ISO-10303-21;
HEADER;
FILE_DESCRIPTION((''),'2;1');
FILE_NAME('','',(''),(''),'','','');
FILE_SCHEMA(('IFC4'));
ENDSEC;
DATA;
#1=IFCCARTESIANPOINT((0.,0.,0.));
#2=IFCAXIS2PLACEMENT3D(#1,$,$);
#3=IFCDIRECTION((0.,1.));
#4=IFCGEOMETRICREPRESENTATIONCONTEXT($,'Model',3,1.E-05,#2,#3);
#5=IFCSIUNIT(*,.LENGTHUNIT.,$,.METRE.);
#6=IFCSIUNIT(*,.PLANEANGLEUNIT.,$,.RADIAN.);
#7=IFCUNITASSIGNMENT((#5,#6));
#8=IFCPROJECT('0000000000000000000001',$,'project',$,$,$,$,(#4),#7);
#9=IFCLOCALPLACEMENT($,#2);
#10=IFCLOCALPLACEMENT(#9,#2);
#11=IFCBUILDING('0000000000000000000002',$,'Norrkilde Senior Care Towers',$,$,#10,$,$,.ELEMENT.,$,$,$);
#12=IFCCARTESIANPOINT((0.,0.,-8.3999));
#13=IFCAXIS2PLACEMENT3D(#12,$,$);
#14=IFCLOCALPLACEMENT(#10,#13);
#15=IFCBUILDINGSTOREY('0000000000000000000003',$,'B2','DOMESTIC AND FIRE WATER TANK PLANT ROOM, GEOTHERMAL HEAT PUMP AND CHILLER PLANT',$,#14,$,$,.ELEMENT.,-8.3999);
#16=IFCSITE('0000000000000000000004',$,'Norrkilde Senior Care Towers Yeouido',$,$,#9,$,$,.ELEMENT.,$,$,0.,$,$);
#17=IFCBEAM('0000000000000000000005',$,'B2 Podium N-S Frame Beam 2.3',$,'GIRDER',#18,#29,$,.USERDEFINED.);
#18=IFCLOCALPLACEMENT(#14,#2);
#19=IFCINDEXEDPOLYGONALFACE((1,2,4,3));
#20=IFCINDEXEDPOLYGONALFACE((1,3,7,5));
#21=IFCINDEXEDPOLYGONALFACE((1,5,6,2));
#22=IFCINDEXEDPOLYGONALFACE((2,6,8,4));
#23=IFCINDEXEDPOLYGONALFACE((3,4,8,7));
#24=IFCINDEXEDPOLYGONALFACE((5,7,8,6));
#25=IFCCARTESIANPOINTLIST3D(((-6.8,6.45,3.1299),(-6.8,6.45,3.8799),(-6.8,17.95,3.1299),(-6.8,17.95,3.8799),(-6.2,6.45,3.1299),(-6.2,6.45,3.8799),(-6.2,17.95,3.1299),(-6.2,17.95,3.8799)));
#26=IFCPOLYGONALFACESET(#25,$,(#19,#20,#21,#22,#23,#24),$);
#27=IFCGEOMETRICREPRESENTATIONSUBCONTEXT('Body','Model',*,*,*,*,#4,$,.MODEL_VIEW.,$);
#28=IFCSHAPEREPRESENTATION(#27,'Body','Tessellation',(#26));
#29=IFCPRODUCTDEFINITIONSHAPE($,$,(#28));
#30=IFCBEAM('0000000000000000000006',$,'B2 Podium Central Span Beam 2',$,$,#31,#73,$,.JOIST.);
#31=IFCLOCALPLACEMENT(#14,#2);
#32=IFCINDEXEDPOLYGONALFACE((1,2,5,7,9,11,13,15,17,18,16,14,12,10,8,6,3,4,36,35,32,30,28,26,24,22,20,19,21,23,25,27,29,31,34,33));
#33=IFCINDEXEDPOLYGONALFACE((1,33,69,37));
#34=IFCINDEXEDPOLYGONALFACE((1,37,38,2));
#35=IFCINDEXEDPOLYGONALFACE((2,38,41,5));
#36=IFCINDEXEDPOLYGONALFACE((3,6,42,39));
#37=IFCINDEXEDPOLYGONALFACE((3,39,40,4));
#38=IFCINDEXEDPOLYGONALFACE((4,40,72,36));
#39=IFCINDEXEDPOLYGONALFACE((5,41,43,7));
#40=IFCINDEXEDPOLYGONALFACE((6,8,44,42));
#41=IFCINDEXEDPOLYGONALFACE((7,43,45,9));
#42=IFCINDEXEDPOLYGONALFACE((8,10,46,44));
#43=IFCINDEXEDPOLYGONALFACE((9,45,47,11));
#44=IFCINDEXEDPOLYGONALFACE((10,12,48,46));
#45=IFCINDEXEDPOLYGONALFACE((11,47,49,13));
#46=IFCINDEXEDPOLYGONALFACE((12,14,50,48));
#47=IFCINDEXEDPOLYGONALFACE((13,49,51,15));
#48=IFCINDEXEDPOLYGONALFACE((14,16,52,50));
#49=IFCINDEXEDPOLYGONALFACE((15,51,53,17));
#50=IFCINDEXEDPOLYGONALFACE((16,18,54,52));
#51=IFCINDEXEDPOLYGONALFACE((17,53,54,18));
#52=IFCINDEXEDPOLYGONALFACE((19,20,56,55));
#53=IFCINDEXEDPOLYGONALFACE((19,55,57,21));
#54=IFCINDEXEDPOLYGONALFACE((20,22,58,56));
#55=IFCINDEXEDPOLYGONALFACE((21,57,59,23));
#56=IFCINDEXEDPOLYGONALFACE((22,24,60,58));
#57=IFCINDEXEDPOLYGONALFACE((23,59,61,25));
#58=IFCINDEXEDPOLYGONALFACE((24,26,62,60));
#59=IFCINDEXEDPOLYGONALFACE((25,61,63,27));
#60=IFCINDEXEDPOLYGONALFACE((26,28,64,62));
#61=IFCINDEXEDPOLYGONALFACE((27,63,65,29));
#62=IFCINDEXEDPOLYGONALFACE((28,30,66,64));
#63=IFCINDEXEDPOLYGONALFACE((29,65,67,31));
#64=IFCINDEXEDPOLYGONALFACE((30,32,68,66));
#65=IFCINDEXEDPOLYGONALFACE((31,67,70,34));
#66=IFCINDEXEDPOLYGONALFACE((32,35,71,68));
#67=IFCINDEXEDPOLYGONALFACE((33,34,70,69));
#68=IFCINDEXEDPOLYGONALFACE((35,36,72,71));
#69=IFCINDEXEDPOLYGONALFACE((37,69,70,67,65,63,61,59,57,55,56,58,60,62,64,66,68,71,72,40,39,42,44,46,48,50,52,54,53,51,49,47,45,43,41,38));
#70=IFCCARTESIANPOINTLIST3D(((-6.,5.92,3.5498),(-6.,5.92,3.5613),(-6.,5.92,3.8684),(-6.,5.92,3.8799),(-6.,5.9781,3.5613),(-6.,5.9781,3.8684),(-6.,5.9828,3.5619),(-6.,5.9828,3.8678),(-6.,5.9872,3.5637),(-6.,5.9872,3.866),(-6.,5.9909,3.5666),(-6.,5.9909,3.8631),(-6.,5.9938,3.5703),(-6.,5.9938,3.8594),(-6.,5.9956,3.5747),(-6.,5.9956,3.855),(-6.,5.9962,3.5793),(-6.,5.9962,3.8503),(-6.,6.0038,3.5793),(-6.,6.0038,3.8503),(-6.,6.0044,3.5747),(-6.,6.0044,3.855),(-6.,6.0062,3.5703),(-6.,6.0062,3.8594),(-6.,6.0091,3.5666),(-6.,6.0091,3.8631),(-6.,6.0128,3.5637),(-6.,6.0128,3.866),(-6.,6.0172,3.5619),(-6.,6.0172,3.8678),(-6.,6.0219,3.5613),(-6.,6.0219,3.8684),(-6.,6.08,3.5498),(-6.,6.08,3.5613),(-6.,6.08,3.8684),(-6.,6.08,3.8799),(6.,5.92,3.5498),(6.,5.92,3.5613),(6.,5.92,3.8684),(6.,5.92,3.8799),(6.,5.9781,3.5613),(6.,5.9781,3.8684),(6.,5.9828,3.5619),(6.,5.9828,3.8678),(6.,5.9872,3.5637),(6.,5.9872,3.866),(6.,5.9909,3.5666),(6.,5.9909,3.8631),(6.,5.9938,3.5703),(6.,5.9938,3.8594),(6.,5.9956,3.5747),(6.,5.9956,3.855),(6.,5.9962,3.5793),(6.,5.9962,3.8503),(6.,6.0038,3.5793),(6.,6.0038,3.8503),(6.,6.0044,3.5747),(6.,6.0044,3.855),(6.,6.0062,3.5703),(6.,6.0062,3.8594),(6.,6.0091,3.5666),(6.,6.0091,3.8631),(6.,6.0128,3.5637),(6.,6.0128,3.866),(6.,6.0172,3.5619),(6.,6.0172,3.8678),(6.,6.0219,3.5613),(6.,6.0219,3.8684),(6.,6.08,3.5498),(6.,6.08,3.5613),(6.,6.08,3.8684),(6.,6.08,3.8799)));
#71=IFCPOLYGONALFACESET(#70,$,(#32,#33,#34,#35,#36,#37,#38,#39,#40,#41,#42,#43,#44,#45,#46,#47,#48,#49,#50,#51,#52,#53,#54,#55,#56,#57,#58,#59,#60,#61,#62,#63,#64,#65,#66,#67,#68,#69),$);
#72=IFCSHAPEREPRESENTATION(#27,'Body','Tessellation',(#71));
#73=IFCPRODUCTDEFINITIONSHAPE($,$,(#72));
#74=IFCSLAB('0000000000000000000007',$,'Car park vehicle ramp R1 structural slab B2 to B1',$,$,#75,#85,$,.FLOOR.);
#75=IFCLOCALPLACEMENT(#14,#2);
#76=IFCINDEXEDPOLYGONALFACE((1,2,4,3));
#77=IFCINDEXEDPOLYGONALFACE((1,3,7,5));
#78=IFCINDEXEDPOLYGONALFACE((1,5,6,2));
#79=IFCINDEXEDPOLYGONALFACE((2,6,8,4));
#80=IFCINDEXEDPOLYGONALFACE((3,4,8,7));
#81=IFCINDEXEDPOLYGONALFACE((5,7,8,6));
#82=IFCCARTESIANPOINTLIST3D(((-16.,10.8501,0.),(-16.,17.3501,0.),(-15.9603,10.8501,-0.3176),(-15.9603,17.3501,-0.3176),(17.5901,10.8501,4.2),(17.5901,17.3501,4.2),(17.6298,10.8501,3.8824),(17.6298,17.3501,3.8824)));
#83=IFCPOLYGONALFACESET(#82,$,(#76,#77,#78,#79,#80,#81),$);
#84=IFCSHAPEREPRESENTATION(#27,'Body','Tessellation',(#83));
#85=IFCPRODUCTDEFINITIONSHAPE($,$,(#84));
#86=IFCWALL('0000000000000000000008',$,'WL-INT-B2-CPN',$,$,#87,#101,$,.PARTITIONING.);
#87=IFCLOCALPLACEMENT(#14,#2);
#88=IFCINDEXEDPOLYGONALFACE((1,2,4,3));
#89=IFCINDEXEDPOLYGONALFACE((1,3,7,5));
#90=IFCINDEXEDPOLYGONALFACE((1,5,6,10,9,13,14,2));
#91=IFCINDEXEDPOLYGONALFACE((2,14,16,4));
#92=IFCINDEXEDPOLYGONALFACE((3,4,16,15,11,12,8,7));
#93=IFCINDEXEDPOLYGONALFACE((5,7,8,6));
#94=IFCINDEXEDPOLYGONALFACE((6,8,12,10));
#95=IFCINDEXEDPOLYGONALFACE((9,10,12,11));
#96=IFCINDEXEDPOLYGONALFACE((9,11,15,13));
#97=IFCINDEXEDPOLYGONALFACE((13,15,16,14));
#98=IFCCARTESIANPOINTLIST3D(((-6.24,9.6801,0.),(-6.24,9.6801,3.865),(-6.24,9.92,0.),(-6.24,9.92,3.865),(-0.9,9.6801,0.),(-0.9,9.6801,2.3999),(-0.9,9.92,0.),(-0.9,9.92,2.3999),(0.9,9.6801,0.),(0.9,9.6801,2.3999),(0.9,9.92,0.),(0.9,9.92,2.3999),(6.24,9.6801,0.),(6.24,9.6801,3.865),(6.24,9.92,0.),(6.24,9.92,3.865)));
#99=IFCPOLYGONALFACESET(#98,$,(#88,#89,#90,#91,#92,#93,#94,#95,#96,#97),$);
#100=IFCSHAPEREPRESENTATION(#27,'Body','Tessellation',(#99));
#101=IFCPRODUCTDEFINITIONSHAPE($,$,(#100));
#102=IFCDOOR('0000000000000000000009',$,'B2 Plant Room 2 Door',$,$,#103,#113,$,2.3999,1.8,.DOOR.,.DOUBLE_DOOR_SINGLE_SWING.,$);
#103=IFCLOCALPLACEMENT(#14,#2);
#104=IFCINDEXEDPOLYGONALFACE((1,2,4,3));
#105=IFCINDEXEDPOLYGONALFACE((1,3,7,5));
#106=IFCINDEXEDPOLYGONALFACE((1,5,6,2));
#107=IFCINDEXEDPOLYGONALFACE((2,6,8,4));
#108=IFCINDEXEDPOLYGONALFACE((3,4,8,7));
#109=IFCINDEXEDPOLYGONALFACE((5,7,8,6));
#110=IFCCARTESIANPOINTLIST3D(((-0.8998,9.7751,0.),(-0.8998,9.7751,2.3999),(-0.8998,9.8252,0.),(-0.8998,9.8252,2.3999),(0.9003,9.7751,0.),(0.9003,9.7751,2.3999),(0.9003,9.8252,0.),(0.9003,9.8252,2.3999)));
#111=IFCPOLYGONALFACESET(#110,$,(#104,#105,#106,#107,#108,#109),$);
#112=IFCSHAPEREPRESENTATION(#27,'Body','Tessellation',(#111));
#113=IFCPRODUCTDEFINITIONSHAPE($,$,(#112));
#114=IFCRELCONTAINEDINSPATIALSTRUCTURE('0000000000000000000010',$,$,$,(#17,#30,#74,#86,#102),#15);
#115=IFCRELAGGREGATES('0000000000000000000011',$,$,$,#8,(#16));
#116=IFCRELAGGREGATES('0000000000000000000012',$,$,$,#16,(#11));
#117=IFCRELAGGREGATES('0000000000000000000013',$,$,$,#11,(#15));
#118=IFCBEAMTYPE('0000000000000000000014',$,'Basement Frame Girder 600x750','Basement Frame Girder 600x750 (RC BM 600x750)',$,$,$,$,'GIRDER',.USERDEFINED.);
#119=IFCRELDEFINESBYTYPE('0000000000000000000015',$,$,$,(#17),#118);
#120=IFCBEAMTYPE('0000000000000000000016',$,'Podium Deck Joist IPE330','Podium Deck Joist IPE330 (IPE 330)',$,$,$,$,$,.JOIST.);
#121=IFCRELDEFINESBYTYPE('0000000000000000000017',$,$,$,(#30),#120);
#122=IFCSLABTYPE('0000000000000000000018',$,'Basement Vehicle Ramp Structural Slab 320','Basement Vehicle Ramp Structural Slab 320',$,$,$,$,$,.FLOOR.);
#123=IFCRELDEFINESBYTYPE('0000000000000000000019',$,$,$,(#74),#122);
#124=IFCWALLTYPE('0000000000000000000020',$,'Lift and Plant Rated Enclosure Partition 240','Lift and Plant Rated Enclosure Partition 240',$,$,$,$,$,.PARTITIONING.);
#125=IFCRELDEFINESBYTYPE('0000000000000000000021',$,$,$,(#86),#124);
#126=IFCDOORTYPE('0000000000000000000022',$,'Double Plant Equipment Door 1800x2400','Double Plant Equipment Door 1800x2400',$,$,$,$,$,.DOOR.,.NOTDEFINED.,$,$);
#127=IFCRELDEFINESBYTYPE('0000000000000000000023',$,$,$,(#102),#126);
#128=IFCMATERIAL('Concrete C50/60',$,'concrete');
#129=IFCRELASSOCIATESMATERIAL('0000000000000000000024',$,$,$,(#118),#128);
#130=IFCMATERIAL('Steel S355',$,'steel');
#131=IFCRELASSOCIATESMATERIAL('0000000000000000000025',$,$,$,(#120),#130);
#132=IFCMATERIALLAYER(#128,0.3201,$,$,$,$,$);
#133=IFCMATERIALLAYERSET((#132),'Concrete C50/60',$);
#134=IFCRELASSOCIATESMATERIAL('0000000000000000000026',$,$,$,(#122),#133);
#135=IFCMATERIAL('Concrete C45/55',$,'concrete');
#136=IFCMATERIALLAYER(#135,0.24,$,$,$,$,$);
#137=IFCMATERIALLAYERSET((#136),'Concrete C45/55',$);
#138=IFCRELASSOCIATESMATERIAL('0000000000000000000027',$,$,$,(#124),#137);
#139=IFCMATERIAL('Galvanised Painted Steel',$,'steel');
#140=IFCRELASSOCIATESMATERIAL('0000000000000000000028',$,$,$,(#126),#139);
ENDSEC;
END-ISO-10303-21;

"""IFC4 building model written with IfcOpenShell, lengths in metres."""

from ifc_helpers import new_model, si_unit, direction, frame, frame_2d, origin, origin_2d, place, context, subcontext, project, spatial, polyline, rectangle, i_section, outline, extrude, source, transform, mapped, material, layer, layer_set, material_profile, profile_set, type_object, type_shapes, element, fill, save


model = new_model("IFC4")

# Units and contexts
model_context = context("Model", 3, precision=1e-05, world=origin(), true_north=direction((0.0, 1.0)))
body_context = subcontext(model_context, "Body", "Model", "MODEL_VIEW")
ifc_project = project(units=[si_unit("LENGTHUNIT", "METRE"), si_unit("PLANEANGLEUNIT", "RADIAN")], contexts=[model_context])

# Site, building, storey
site_placement = place(None, origin())
site = spatial("IfcSite", under=ifc_project, at=site_placement, Name="Norrkilde Senior Care Towers Yeouido", CompositionType="ELEMENT", RefElevation=0.0)
building_placement = place(site_placement, origin())
building = spatial("IfcBuilding", under=site, at=building_placement, Name="Norrkilde Senior Care Towers", CompositionType="ELEMENT")
storey_placement = place(building_placement, frame((0.0, 0.0, -8.3999)))
storey = spatial("IfcBuildingStorey", under=building, at=storey_placement, Name="B2", Description="DOMESTIC AND FIRE WATER TANK PLANT ROOM, GEOTHERMAL HEAT PUMP AND CHILLER PLANT", CompositionType="ELEMENT", Elevation=-8.3999)

# Shared definitions
ifc_material_1 = material(Name="Concrete C45/55", Category="concrete")

# Beams
ifc_material_2 = material(Name="Concrete C50/60", Category="concrete")
ifc_material_profile_1 = material_profile(ifc_material_2, rectangle(XDim=0.6001, YDim=0.75, at=origin_2d()), Name="RC BM 600x750")
ifc_profile_set_1 = profile_set([ifc_material_profile_1], Name="Concrete C50/60")
beam_type_1 = type_object("IfcBeamType", Name="Basement Frame Girder 600x750", Description="Basement Frame Girder 600x750 (RC BM 600x750)", ElementType="GIRDER", PredefinedType="USERDEFINED", material=ifc_profile_set_1)
shared_shape_1 = source(origin(), body_context, "Body", "SweptSolid", [
    extrude(rectangle(XDim=0.6001, YDim=0.75, at=origin_2d()), origin(), (0.0, 0.0, 1.0), 11.5),
])
beam_1_placement = place(storey_placement, frame((-6.5, 6.45, 3.5049), z_axis=(0.0, 1.0, 0.0), x_axis=(-1.0, 0.0, 0.0)))
element("IfcBeam", 1, at=beam_1_placement, inside=storey, type_object=beam_type_1, Name="B2 Podium N-S Frame Beam 2.3", ObjectType="GIRDER", PredefinedType="USERDEFINED", context=body_context, shape_type="MappedRepresentation", body=[
    mapped(shared_shape_1, transform((0.0, 0.0, 0.0), x_axis=(1.0, 0.0, 0.0), y_axis=(0.0, 1.0, 0.0), z_axis=(0.0, 0.0, 1.0), scale=1.0)),
])
ifc_material_3 = material(Name="Steel S355", Category="steel")
ifc_material_profile_2 = material_profile(ifc_material_3, i_section(OverallWidth=0.1599, OverallDepth=0.3301, WebThickness=0.0076, FlangeThickness=0.0115, FilletRadius=0.0181, at=origin_2d()), Name="IPE 330")
ifc_profile_set_2 = profile_set([ifc_material_profile_2], Name="Steel S355")
beam_type_2 = type_object("IfcBeamType", Name="Podium Deck Joist IPE330", Description="Podium Deck Joist IPE330 (IPE 330)", PredefinedType="JOIST", material=ifc_profile_set_2)
shared_shape_2 = source(origin(), body_context, "Body", "SweptSolid", [
    extrude(i_section(OverallWidth=0.1599, OverallDepth=0.3301, WebThickness=0.0076, FlangeThickness=0.0115, FilletRadius=0.0181, at=origin_2d()), origin(), (0.0, 0.0, 1.0), 12.0),
])
type_shapes(beam_type_2, [shared_shape_2])
beam_2_placement = place(storey_placement, frame((-6.0, 6.0, 3.7148), z_axis=(1.0, 0.0, 0.0), x_axis=(0.0, 1.0, 0.0)))
element("IfcBeam", 2, at=beam_2_placement, inside=storey, type_object=beam_type_2, Name="B2 Podium Central Span Beam 2", PredefinedType="JOIST", context=body_context, shape_type="MappedRepresentation", body=[
    mapped(shared_shape_2, transform((0.0, 0.0, 0.0), x_axis=(1.0, 0.0, 0.0), y_axis=(0.0, 1.0, 0.0), z_axis=(0.0, 0.0, 1.0), scale=1.0)),
])

# Slab
ifc_layer_1 = layer(ifc_material_2, 0.3201)
ifc_layer_set_1 = layer_set([ifc_layer_1], Name="Concrete C50/60")
slab_type = type_object("IfcSlabType", Name="Basement Vehicle Ramp Structural Slab 320", Description="Basement Vehicle Ramp Structural Slab 320", PredefinedType="FLOOR", material=ifc_layer_set_1)
slab_placement = place(storey_placement, frame((-16.0, 10.8501, 0.0), z_axis=(-0.124069, 0.0, 0.992274), x_axis=(0.992274, 0.0, 0.124069)))
element("IfcSlab", 3, at=slab_placement, inside=storey, type_object=slab_type, Name="Car park vehicle ramp R1 structural slab B2 to B1", PredefinedType="FLOOR", context=body_context, shape_type="SweptSolid", body=[
    extrude(outline(polyline([(0.0, 0.0), (33.8516, 0.0), (33.8516, 6.5), (0.0, 6.5), (0.0, 0.0)])), origin(), (0.0, 0.0, -1.0), 0.3201),
])

# Wall, opening, door
ifc_material_4 = material(Name="Galvanised Painted Steel", Category="steel")
ifc_layer_2 = layer(ifc_material_1, 0.24)
ifc_layer_set_2 = layer_set([ifc_layer_2], Name="Concrete C45/55")
wall_type_1 = type_object("IfcWallType", Name="Lift and Plant Rated Enclosure Partition 240", Description="Lift and Plant Rated Enclosure Partition 240", PredefinedType="PARTITIONING", material=ifc_layer_set_2)
shared_shape_3 = source(origin(), body_context, "Body", "SweptSolid", [
    extrude(rectangle(XDim=12.48, YDim=0.24, at=frame_2d((6.24, 0.0))), origin(), (0.0, 0.0, 1.0), 3.865),
])
type_shapes(wall_type_1, [shared_shape_3])
wall_1_placement = place(storey_placement, frame((-6.24, 9.8, 0.0), z_axis=(0.0, 0.0, 1.0), x_axis=(1.0, 0.0, 0.0)))
wall_1 = element("IfcWall", 4, at=wall_1_placement, inside=storey, type_object=wall_type_1, Name="WL-INT-B2-CPN", PredefinedType="PARTITIONING", context=body_context, shape_type="MappedRepresentation", body=[
    mapped(shared_shape_3, transform((0.0, 0.0, 0.0), x_axis=(1.0, 0.0, 0.0), y_axis=(0.0, 1.0, 0.0), z_axis=(0.0, 0.0, 1.0), scale=1.0)),
])
opening_1_placement = place(wall_1_placement, frame((5.3401, 0.0, 0.0)))
opening_1 = element("IfcOpeningElement", 5, at=opening_1_placement, cuts=wall_1, PredefinedType="OPENING", context=body_context, shape_type="SweptSolid", body=[
    extrude(rectangle(XDim=1.8, YDim=2.3999, at=frame_2d((0.8999, 1.2))), frame((0.0, 0.1299, 0.0), z_axis=(0.0, -1.0, 0.0), x_axis=(1.0, 0.0, 0.0)), (0.0, 0.0, 1.0), 0.26),
])
door_type_1 = type_object("IfcDoorType", Name="Double Plant Equipment Door 1800x2400", Description="Double Plant Equipment Door 1800x2400", OperationType="NOTDEFINED", PredefinedType="DOOR", material=ifc_material_4)
shared_shape_4 = source(origin(), body_context, "Body", "SweptSolid", [
    extrude(rectangle(XDim=1.8, YDim=2.3999, at=frame_2d((0.8999, 1.2))), frame((0.0, 0.0249, 0.0), z_axis=(0.0, -1.0, 0.0), x_axis=(1.0, 0.0, 0.0)), (0.0, 0.0, 1.0), 0.05),
])
type_shapes(door_type_1, [shared_shape_4])
door_1_placement = place(opening_1_placement, frame((1.8, 0.0, 0.0), z_axis=(0.0, 0.0, 1.0), x_axis=(-1.0, 0.0, 0.0)))
door_1 = element("IfcDoor", 6, at=door_1_placement, inside=storey, type_object=door_type_1, Name="B2 Plant Room 2 Door", OperationType="DOUBLE_DOOR_SINGLE_SWING", OverallHeight=2.3999, OverallWidth=1.8, PredefinedType="DOOR", context=body_context, shape_type="MappedRepresentation", body=[
    mapped(shared_shape_4, transform((0.0, 0.0, 0.0), x_axis=(1.0, 0.0, 0.0), y_axis=(0.0, 1.0, 0.0), z_axis=(0.0, 0.0, 1.0), scale=1.0)),
])
fill(opening_1, door_1)

save(model, "model.ifc")
